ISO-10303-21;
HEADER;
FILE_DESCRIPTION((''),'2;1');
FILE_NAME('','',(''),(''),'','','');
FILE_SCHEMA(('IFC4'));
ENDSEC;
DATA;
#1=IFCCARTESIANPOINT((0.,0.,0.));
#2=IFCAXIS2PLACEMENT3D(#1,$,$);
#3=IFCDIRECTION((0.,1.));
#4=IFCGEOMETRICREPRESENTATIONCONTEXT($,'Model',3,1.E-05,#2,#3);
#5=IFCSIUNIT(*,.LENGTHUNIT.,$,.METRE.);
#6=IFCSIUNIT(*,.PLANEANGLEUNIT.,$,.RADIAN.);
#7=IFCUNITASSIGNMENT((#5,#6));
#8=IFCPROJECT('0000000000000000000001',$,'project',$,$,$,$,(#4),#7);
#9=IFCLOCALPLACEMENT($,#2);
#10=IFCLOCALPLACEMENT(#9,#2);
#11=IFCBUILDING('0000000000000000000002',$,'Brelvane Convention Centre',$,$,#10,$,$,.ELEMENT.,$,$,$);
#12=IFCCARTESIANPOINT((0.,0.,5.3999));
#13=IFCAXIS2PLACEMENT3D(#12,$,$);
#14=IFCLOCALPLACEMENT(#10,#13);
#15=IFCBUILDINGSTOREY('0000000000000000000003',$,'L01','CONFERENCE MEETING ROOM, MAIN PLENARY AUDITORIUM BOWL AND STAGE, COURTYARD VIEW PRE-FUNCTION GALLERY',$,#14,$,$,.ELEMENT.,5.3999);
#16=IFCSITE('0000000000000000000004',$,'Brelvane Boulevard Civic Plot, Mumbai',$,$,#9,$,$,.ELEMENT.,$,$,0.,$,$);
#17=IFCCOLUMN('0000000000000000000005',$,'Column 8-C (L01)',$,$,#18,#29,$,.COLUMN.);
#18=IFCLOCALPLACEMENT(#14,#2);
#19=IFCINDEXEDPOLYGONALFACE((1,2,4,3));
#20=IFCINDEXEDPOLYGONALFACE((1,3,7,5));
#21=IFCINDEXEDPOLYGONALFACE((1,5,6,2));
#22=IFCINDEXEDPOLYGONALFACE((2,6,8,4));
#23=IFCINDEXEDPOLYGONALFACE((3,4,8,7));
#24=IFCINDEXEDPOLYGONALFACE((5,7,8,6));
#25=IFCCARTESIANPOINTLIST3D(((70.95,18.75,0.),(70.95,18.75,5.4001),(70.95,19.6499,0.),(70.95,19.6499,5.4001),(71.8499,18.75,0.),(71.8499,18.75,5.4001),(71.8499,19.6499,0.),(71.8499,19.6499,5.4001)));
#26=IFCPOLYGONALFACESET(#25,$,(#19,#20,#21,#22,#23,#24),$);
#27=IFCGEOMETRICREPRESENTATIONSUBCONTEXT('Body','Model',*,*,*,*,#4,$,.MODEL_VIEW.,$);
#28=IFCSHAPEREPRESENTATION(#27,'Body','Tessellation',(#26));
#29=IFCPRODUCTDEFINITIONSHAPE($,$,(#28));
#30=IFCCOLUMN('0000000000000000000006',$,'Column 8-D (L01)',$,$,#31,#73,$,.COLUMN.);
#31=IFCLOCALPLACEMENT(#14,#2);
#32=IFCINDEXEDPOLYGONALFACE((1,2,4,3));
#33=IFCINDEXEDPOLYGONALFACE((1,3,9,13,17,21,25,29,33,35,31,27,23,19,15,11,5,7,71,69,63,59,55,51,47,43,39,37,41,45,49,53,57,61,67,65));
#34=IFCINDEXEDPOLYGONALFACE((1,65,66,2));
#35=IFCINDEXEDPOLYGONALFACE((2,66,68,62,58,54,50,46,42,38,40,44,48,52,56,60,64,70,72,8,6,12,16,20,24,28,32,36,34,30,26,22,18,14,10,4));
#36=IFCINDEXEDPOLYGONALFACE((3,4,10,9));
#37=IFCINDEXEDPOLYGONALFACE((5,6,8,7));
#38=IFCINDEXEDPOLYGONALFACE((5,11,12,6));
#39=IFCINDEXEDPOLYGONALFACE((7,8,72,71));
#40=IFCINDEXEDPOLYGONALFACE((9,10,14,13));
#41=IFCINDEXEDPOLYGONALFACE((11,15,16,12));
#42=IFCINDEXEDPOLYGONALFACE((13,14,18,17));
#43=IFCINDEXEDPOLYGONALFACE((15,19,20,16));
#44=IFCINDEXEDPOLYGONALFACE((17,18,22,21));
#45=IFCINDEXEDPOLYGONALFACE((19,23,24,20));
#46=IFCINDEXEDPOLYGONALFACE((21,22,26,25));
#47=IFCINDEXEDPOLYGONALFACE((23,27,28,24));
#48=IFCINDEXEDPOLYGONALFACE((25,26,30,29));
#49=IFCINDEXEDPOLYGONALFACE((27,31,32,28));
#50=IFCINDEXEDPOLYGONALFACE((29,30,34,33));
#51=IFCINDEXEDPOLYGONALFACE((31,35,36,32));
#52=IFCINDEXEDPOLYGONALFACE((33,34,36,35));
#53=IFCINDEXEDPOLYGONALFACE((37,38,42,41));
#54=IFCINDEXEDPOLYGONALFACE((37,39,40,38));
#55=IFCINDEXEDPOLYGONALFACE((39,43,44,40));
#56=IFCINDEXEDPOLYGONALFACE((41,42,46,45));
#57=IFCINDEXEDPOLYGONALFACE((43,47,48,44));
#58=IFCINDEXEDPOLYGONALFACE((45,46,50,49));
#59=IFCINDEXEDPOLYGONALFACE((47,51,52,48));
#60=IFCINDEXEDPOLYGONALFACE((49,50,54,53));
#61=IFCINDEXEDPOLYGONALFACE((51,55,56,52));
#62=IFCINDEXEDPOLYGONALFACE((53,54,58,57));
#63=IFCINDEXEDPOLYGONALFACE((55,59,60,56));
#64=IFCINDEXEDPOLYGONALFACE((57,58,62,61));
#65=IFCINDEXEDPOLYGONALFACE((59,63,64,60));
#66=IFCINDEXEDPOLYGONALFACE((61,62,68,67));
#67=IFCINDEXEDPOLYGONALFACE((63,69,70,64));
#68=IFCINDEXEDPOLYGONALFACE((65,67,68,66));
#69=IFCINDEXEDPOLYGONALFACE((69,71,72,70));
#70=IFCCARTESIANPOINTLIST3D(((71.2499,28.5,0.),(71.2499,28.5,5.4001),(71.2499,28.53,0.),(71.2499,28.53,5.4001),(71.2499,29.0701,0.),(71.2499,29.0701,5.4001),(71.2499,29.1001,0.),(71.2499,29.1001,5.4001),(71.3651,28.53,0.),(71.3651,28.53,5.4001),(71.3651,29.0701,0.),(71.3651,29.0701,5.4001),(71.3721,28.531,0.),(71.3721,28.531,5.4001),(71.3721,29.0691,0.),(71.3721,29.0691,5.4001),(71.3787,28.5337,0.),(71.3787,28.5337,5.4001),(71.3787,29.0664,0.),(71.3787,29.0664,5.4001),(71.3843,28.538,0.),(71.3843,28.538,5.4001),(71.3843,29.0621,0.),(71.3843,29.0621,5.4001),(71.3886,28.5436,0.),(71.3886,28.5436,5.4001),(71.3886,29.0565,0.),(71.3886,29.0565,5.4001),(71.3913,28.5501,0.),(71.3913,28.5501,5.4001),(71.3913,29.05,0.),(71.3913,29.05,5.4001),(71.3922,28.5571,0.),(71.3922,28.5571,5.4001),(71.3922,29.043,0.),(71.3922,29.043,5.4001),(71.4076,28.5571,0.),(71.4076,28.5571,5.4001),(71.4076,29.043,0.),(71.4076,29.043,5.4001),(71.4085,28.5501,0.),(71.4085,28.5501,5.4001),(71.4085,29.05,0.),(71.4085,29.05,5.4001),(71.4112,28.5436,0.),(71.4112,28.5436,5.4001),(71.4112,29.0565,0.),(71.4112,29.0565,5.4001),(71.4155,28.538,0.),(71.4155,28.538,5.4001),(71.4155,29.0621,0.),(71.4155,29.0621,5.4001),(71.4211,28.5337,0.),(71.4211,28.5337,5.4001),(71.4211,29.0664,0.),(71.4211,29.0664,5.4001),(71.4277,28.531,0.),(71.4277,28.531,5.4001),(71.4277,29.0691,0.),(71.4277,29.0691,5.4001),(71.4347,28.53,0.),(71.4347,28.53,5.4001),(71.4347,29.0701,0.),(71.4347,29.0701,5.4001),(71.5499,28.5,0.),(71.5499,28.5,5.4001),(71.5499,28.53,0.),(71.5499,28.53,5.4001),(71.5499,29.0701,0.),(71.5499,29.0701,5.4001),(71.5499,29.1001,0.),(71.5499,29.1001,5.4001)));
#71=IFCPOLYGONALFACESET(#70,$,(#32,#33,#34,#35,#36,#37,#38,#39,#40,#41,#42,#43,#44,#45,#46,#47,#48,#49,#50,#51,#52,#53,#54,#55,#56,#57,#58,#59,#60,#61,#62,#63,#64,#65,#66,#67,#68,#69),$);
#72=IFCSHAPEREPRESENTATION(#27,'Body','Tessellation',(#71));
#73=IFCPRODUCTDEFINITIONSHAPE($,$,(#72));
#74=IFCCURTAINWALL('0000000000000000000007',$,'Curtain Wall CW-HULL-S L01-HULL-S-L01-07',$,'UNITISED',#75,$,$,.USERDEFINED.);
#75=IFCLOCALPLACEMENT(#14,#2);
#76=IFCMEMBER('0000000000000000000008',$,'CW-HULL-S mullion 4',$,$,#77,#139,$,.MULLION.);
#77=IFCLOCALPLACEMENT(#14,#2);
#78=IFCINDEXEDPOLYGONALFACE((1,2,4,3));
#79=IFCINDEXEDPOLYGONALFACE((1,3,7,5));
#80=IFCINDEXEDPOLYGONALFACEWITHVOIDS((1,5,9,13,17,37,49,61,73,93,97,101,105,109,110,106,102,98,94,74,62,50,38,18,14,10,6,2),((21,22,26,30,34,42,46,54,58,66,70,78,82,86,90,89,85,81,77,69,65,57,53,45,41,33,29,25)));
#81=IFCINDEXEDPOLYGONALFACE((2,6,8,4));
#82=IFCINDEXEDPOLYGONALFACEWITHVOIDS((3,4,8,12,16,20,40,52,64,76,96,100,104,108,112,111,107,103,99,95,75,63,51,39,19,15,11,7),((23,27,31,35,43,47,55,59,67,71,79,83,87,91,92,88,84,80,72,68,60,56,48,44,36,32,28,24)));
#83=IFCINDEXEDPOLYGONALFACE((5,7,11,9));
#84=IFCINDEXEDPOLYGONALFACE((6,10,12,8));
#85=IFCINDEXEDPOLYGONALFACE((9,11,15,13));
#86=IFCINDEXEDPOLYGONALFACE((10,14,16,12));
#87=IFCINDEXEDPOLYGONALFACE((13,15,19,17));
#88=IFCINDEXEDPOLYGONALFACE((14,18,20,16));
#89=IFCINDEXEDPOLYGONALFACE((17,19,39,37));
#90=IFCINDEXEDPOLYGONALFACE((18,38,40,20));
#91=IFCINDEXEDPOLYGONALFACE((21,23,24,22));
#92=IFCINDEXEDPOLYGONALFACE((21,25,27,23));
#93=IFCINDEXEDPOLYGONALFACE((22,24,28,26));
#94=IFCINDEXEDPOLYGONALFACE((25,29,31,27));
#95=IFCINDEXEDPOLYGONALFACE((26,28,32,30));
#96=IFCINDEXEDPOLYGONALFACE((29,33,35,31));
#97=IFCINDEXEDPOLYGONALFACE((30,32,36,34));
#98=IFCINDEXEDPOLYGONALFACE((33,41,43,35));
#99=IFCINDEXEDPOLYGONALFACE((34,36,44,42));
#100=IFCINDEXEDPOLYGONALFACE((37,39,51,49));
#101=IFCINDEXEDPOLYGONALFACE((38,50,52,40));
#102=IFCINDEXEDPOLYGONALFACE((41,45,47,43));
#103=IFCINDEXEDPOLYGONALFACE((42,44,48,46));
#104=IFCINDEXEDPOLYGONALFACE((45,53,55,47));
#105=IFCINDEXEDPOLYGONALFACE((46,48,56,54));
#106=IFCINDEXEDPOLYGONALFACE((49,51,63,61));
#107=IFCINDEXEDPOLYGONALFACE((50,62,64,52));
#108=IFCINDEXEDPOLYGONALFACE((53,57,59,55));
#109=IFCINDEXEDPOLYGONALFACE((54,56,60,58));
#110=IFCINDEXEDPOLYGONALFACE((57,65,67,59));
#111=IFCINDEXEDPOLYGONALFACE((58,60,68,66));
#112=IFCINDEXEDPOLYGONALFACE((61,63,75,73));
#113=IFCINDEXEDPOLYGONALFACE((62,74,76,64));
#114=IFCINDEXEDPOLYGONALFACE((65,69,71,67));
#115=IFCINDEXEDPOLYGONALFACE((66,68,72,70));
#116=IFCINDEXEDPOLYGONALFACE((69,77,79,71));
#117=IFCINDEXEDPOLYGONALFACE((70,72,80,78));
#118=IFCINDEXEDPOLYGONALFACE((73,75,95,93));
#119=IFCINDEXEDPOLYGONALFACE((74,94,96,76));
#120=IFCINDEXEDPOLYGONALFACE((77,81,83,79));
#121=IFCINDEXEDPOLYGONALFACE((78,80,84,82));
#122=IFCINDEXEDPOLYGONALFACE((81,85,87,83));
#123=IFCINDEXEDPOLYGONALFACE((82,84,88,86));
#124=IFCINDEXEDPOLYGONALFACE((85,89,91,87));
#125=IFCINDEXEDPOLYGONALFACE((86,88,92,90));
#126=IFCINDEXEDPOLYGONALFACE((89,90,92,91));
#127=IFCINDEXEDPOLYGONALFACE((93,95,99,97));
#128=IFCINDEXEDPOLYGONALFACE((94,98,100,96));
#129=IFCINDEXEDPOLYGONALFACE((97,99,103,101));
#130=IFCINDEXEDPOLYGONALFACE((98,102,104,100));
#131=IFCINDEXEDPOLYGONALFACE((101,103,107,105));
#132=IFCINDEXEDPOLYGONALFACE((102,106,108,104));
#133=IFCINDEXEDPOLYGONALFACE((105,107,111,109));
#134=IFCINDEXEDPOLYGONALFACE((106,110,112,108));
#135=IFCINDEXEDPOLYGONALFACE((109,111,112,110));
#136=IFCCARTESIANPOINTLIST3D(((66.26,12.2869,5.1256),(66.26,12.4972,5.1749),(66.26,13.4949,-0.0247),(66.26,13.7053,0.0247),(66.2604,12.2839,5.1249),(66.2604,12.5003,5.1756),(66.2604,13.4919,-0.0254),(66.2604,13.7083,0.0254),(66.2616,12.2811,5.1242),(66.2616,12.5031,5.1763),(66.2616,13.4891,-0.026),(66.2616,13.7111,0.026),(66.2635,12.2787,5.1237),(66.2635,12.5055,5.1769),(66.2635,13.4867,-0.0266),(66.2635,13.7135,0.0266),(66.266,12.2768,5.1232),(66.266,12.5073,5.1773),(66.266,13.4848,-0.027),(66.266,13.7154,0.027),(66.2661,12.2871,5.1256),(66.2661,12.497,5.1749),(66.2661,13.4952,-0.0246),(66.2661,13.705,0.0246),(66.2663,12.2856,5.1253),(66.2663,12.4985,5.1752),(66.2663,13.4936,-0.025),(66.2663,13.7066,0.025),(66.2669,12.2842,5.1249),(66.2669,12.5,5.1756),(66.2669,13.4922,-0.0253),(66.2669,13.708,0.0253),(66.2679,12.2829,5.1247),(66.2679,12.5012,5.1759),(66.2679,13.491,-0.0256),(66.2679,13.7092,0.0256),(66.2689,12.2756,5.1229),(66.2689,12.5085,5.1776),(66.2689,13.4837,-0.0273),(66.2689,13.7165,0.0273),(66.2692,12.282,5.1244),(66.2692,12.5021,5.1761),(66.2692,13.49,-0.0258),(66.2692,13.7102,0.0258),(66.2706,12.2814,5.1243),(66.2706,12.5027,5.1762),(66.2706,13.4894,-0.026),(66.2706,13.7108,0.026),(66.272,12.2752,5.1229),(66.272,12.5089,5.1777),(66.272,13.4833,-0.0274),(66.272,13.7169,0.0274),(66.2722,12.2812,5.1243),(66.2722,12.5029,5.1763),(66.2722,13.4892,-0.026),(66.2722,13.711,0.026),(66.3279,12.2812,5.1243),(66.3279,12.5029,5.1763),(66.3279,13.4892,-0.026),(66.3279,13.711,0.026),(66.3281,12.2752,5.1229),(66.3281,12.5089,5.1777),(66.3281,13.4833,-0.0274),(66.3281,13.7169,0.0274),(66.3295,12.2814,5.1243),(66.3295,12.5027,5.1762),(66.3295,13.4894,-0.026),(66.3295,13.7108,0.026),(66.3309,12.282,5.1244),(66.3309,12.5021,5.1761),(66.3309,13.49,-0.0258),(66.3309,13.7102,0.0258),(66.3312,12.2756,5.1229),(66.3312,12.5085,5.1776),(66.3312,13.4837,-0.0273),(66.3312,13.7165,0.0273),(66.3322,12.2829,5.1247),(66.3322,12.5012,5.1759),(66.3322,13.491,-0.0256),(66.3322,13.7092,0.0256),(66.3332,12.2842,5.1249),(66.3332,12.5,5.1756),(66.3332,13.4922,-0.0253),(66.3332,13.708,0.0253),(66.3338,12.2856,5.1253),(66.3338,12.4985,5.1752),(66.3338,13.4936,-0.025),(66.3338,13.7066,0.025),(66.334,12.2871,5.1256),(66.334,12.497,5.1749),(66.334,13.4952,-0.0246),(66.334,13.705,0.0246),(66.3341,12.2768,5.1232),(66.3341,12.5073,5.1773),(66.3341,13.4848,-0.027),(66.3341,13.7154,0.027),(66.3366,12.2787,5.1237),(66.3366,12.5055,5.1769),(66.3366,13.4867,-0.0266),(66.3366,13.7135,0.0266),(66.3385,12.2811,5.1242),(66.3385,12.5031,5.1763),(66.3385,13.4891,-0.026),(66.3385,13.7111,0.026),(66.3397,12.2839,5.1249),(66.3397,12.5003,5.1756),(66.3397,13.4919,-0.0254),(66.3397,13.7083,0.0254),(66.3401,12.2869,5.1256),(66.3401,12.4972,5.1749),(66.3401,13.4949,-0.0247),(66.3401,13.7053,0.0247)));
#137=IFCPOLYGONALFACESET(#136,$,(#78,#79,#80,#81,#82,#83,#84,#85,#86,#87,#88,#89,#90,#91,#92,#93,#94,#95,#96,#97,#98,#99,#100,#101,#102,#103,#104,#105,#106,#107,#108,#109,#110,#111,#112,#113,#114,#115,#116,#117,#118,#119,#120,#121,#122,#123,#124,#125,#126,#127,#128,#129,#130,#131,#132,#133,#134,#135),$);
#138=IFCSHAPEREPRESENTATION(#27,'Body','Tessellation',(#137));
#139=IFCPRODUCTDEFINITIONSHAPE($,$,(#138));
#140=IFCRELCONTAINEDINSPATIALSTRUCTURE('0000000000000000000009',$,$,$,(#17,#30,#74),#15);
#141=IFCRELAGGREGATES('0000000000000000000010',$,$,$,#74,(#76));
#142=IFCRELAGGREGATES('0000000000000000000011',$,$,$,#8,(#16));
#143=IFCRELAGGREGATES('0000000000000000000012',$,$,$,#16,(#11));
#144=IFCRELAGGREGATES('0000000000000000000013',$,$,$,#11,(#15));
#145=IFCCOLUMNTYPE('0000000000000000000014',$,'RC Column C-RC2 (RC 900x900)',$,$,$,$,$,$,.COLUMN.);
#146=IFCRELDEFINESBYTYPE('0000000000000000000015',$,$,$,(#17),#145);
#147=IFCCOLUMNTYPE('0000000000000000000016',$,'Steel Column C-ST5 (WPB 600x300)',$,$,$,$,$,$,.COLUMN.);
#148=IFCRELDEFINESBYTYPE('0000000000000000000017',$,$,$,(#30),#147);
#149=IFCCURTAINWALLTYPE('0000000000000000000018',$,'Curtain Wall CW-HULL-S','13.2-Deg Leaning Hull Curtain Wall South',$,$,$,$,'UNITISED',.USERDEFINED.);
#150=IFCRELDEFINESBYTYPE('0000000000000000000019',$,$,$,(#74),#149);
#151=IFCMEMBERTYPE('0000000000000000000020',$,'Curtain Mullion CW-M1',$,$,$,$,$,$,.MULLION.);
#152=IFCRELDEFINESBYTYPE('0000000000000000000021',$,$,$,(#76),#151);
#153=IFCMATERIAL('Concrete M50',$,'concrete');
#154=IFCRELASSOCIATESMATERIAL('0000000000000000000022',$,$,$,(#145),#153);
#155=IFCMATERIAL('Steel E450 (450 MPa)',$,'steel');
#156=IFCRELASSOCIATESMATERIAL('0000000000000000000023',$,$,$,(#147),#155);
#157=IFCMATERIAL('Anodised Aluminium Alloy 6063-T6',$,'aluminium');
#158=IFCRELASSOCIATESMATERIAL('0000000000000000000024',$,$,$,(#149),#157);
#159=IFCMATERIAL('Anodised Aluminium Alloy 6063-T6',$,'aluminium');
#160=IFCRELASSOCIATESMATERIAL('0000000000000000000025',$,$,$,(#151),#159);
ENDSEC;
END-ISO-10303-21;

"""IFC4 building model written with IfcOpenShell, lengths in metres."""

from ifc_helpers import new_model, si_unit, direction, frame, origin, origin_2d, place, context, subcontext, project, spatial, rectangle, hollow_rectangle, i_section, extrude, material, material_profile, profile_set, type_object, element, aggregate, save


model = new_model("IFC4")

# Units and contexts
model_context = context("Model", 3, precision=1e-05, world=origin(), true_north=direction((0.0, 1.0)))
body_context = subcontext(model_context, "Body", "Model", "MODEL_VIEW")
ifc_project = project(units=[si_unit("LENGTHUNIT", "METRE"), si_unit("PLANEANGLEUNIT", "RADIAN")], contexts=[model_context])

# Site, building, storey
site_placement = place(None, origin())
site = spatial("IfcSite", under=ifc_project, at=site_placement, Name="Brelvane Boulevard Civic Plot, Mumbai", CompositionType="ELEMENT", RefElevation=0.0)
building_placement = place(site_placement, origin())
building = spatial("IfcBuilding", under=site, at=building_placement, Name="Brelvane Convention Centre", CompositionType="ELEMENT")
storey_placement = place(building_placement, frame((0.0, 0.0, 5.3999)))
storey = spatial("IfcBuildingStorey", under=building, at=storey_placement, Name="L01", Description="CONFERENCE MEETING ROOM, MAIN PLENARY AUDITORIUM BOWL AND STAGE, COURTYARD VIEW PRE-FUNCTION GALLERY", CompositionType="ELEMENT", Elevation=5.3999)

# Columns
ifc_material_1 = material(Name="Concrete M50", Category="concrete")
ifc_material_profile_1 = material_profile(ifc_material_1, rectangle(XDim=0.8999, YDim=0.8999, at=origin_2d()), Name="RC 900x900")
ifc_profile_set_1 = profile_set([ifc_material_profile_1], Name="Concrete M50")
column_type_1 = type_object("IfcColumnType", Name="RC Column C-RC2 (RC 900x900)", PredefinedType="COLUMN", material=ifc_profile_set_1)
column_1_placement = place(storey_placement, frame((71.3999, 19.2, 0.0), z_axis=(0.0, 0.0, 1.0), x_axis=(1.0, 0.0, 0.0)))
element("IfcColumn", 1, at=column_1_placement, inside=storey, type_object=column_type_1, Name="Column 8-C (L01)", PredefinedType="COLUMN", context=body_context, shape_type="SweptSolid", body=[
    extrude(rectangle(XDim=0.8999, YDim=0.8999, at=origin_2d()), origin(), (0.0, 0.0, 1.0), 5.4001),
])
ifc_material_2 = material(Name="Steel E450 (450 MPa)", Category="steel")
ifc_material_profile_2 = material_profile(ifc_material_2, i_section(OverallWidth=0.3, OverallDepth=0.6001, WebThickness=0.0154, FlangeThickness=0.03, FilletRadius=0.0271, at=origin_2d()), Name="WPB 600x300")
ifc_profile_set_2 = profile_set([ifc_material_profile_2], Name="Steel E450 (450 MPa)")
column_type_2 = type_object("IfcColumnType", Name="Steel Column C-ST5 (WPB 600x300)", PredefinedType="COLUMN", material=ifc_profile_set_2)
column_2_placement = place(storey_placement, frame((71.3999, 28.8, 0.0), z_axis=(0.0, 0.0, 1.0), x_axis=(1.0, 0.0, 0.0)))
element("IfcColumn", 2, at=column_2_placement, inside=storey, type_object=column_type_2, Name="Column 8-D (L01)", PredefinedType="COLUMN", context=body_context, shape_type="SweptSolid", body=[
    extrude(i_section(OverallWidth=0.3, OverallDepth=0.6001, WebThickness=0.0154, FlangeThickness=0.03, FilletRadius=0.0271, at=origin_2d()), origin(), (0.0, 0.0, 1.0), 5.4001),
])

# Curtain wall, member
ifc_material_3 = material(Name="Anodised Aluminium Alloy 6063-T6", Category="aluminium")
curtain_wall_type = type_object("IfcCurtainWallType", Name="Curtain Wall CW-HULL-S", Description="13.2-Deg Leaning Hull Curtain Wall South", ElementType="UNITISED", PredefinedType="USERDEFINED", material=ifc_material_3)
curtain_wall_1_placement = place(storey_placement, origin())
curtain_wall_1 = element("IfcCurtainWall", 3, at=curtain_wall_1_placement, inside=storey, type_object=curtain_wall_type, Name="Curtain Wall CW-HULL-S L01-HULL-S-L01-07", ObjectType="UNITISED", PredefinedType="USERDEFINED")
ifc_material_4 = material(Name="Anodised Aluminium Alloy 6063-T6", Category="aluminium")
ifc_material_profile_3 = material_profile(ifc_material_4, hollow_rectangle(XDim=0.0801, YDim=0.24, WallThickness=0.0061, InnerFilletRadius=0.0061, OuterFilletRadius=0.012, at=origin_2d()), Name="ALU-M 240x80x6.0")
ifc_profile_set_3 = profile_set([ifc_material_profile_3], Name="Anodised Aluminium Alloy 6063-T6")
member_type_1 = type_object("IfcMemberType", Name="Curtain Mullion CW-M1", PredefinedType="MULLION", material=ifc_profile_set_3)
member_1_placement = place(storey_placement, frame((66.3, 13.6001, 0.0), z_axis=(0.0, -0.22836, 0.973577), x_axis=(1.0, 0.0, 0.0)))
member_1 = element("IfcMember", 4, at=member_1_placement, type_object=member_type_1, Name="CW-HULL-S mullion 4", PredefinedType="MULLION", context=body_context, shape_type="SweptSolid", body=[
    extrude(hollow_rectangle(XDim=0.0801, YDim=0.24, WallThickness=0.0061, InnerFilletRadius=0.0061, OuterFilletRadius=0.012, at=origin_2d()), origin(), (0.0, 0.0, 1.0), 5.29),
])

aggregate(curtain_wall_1, [member_1])

save(model, "model.ifc")
